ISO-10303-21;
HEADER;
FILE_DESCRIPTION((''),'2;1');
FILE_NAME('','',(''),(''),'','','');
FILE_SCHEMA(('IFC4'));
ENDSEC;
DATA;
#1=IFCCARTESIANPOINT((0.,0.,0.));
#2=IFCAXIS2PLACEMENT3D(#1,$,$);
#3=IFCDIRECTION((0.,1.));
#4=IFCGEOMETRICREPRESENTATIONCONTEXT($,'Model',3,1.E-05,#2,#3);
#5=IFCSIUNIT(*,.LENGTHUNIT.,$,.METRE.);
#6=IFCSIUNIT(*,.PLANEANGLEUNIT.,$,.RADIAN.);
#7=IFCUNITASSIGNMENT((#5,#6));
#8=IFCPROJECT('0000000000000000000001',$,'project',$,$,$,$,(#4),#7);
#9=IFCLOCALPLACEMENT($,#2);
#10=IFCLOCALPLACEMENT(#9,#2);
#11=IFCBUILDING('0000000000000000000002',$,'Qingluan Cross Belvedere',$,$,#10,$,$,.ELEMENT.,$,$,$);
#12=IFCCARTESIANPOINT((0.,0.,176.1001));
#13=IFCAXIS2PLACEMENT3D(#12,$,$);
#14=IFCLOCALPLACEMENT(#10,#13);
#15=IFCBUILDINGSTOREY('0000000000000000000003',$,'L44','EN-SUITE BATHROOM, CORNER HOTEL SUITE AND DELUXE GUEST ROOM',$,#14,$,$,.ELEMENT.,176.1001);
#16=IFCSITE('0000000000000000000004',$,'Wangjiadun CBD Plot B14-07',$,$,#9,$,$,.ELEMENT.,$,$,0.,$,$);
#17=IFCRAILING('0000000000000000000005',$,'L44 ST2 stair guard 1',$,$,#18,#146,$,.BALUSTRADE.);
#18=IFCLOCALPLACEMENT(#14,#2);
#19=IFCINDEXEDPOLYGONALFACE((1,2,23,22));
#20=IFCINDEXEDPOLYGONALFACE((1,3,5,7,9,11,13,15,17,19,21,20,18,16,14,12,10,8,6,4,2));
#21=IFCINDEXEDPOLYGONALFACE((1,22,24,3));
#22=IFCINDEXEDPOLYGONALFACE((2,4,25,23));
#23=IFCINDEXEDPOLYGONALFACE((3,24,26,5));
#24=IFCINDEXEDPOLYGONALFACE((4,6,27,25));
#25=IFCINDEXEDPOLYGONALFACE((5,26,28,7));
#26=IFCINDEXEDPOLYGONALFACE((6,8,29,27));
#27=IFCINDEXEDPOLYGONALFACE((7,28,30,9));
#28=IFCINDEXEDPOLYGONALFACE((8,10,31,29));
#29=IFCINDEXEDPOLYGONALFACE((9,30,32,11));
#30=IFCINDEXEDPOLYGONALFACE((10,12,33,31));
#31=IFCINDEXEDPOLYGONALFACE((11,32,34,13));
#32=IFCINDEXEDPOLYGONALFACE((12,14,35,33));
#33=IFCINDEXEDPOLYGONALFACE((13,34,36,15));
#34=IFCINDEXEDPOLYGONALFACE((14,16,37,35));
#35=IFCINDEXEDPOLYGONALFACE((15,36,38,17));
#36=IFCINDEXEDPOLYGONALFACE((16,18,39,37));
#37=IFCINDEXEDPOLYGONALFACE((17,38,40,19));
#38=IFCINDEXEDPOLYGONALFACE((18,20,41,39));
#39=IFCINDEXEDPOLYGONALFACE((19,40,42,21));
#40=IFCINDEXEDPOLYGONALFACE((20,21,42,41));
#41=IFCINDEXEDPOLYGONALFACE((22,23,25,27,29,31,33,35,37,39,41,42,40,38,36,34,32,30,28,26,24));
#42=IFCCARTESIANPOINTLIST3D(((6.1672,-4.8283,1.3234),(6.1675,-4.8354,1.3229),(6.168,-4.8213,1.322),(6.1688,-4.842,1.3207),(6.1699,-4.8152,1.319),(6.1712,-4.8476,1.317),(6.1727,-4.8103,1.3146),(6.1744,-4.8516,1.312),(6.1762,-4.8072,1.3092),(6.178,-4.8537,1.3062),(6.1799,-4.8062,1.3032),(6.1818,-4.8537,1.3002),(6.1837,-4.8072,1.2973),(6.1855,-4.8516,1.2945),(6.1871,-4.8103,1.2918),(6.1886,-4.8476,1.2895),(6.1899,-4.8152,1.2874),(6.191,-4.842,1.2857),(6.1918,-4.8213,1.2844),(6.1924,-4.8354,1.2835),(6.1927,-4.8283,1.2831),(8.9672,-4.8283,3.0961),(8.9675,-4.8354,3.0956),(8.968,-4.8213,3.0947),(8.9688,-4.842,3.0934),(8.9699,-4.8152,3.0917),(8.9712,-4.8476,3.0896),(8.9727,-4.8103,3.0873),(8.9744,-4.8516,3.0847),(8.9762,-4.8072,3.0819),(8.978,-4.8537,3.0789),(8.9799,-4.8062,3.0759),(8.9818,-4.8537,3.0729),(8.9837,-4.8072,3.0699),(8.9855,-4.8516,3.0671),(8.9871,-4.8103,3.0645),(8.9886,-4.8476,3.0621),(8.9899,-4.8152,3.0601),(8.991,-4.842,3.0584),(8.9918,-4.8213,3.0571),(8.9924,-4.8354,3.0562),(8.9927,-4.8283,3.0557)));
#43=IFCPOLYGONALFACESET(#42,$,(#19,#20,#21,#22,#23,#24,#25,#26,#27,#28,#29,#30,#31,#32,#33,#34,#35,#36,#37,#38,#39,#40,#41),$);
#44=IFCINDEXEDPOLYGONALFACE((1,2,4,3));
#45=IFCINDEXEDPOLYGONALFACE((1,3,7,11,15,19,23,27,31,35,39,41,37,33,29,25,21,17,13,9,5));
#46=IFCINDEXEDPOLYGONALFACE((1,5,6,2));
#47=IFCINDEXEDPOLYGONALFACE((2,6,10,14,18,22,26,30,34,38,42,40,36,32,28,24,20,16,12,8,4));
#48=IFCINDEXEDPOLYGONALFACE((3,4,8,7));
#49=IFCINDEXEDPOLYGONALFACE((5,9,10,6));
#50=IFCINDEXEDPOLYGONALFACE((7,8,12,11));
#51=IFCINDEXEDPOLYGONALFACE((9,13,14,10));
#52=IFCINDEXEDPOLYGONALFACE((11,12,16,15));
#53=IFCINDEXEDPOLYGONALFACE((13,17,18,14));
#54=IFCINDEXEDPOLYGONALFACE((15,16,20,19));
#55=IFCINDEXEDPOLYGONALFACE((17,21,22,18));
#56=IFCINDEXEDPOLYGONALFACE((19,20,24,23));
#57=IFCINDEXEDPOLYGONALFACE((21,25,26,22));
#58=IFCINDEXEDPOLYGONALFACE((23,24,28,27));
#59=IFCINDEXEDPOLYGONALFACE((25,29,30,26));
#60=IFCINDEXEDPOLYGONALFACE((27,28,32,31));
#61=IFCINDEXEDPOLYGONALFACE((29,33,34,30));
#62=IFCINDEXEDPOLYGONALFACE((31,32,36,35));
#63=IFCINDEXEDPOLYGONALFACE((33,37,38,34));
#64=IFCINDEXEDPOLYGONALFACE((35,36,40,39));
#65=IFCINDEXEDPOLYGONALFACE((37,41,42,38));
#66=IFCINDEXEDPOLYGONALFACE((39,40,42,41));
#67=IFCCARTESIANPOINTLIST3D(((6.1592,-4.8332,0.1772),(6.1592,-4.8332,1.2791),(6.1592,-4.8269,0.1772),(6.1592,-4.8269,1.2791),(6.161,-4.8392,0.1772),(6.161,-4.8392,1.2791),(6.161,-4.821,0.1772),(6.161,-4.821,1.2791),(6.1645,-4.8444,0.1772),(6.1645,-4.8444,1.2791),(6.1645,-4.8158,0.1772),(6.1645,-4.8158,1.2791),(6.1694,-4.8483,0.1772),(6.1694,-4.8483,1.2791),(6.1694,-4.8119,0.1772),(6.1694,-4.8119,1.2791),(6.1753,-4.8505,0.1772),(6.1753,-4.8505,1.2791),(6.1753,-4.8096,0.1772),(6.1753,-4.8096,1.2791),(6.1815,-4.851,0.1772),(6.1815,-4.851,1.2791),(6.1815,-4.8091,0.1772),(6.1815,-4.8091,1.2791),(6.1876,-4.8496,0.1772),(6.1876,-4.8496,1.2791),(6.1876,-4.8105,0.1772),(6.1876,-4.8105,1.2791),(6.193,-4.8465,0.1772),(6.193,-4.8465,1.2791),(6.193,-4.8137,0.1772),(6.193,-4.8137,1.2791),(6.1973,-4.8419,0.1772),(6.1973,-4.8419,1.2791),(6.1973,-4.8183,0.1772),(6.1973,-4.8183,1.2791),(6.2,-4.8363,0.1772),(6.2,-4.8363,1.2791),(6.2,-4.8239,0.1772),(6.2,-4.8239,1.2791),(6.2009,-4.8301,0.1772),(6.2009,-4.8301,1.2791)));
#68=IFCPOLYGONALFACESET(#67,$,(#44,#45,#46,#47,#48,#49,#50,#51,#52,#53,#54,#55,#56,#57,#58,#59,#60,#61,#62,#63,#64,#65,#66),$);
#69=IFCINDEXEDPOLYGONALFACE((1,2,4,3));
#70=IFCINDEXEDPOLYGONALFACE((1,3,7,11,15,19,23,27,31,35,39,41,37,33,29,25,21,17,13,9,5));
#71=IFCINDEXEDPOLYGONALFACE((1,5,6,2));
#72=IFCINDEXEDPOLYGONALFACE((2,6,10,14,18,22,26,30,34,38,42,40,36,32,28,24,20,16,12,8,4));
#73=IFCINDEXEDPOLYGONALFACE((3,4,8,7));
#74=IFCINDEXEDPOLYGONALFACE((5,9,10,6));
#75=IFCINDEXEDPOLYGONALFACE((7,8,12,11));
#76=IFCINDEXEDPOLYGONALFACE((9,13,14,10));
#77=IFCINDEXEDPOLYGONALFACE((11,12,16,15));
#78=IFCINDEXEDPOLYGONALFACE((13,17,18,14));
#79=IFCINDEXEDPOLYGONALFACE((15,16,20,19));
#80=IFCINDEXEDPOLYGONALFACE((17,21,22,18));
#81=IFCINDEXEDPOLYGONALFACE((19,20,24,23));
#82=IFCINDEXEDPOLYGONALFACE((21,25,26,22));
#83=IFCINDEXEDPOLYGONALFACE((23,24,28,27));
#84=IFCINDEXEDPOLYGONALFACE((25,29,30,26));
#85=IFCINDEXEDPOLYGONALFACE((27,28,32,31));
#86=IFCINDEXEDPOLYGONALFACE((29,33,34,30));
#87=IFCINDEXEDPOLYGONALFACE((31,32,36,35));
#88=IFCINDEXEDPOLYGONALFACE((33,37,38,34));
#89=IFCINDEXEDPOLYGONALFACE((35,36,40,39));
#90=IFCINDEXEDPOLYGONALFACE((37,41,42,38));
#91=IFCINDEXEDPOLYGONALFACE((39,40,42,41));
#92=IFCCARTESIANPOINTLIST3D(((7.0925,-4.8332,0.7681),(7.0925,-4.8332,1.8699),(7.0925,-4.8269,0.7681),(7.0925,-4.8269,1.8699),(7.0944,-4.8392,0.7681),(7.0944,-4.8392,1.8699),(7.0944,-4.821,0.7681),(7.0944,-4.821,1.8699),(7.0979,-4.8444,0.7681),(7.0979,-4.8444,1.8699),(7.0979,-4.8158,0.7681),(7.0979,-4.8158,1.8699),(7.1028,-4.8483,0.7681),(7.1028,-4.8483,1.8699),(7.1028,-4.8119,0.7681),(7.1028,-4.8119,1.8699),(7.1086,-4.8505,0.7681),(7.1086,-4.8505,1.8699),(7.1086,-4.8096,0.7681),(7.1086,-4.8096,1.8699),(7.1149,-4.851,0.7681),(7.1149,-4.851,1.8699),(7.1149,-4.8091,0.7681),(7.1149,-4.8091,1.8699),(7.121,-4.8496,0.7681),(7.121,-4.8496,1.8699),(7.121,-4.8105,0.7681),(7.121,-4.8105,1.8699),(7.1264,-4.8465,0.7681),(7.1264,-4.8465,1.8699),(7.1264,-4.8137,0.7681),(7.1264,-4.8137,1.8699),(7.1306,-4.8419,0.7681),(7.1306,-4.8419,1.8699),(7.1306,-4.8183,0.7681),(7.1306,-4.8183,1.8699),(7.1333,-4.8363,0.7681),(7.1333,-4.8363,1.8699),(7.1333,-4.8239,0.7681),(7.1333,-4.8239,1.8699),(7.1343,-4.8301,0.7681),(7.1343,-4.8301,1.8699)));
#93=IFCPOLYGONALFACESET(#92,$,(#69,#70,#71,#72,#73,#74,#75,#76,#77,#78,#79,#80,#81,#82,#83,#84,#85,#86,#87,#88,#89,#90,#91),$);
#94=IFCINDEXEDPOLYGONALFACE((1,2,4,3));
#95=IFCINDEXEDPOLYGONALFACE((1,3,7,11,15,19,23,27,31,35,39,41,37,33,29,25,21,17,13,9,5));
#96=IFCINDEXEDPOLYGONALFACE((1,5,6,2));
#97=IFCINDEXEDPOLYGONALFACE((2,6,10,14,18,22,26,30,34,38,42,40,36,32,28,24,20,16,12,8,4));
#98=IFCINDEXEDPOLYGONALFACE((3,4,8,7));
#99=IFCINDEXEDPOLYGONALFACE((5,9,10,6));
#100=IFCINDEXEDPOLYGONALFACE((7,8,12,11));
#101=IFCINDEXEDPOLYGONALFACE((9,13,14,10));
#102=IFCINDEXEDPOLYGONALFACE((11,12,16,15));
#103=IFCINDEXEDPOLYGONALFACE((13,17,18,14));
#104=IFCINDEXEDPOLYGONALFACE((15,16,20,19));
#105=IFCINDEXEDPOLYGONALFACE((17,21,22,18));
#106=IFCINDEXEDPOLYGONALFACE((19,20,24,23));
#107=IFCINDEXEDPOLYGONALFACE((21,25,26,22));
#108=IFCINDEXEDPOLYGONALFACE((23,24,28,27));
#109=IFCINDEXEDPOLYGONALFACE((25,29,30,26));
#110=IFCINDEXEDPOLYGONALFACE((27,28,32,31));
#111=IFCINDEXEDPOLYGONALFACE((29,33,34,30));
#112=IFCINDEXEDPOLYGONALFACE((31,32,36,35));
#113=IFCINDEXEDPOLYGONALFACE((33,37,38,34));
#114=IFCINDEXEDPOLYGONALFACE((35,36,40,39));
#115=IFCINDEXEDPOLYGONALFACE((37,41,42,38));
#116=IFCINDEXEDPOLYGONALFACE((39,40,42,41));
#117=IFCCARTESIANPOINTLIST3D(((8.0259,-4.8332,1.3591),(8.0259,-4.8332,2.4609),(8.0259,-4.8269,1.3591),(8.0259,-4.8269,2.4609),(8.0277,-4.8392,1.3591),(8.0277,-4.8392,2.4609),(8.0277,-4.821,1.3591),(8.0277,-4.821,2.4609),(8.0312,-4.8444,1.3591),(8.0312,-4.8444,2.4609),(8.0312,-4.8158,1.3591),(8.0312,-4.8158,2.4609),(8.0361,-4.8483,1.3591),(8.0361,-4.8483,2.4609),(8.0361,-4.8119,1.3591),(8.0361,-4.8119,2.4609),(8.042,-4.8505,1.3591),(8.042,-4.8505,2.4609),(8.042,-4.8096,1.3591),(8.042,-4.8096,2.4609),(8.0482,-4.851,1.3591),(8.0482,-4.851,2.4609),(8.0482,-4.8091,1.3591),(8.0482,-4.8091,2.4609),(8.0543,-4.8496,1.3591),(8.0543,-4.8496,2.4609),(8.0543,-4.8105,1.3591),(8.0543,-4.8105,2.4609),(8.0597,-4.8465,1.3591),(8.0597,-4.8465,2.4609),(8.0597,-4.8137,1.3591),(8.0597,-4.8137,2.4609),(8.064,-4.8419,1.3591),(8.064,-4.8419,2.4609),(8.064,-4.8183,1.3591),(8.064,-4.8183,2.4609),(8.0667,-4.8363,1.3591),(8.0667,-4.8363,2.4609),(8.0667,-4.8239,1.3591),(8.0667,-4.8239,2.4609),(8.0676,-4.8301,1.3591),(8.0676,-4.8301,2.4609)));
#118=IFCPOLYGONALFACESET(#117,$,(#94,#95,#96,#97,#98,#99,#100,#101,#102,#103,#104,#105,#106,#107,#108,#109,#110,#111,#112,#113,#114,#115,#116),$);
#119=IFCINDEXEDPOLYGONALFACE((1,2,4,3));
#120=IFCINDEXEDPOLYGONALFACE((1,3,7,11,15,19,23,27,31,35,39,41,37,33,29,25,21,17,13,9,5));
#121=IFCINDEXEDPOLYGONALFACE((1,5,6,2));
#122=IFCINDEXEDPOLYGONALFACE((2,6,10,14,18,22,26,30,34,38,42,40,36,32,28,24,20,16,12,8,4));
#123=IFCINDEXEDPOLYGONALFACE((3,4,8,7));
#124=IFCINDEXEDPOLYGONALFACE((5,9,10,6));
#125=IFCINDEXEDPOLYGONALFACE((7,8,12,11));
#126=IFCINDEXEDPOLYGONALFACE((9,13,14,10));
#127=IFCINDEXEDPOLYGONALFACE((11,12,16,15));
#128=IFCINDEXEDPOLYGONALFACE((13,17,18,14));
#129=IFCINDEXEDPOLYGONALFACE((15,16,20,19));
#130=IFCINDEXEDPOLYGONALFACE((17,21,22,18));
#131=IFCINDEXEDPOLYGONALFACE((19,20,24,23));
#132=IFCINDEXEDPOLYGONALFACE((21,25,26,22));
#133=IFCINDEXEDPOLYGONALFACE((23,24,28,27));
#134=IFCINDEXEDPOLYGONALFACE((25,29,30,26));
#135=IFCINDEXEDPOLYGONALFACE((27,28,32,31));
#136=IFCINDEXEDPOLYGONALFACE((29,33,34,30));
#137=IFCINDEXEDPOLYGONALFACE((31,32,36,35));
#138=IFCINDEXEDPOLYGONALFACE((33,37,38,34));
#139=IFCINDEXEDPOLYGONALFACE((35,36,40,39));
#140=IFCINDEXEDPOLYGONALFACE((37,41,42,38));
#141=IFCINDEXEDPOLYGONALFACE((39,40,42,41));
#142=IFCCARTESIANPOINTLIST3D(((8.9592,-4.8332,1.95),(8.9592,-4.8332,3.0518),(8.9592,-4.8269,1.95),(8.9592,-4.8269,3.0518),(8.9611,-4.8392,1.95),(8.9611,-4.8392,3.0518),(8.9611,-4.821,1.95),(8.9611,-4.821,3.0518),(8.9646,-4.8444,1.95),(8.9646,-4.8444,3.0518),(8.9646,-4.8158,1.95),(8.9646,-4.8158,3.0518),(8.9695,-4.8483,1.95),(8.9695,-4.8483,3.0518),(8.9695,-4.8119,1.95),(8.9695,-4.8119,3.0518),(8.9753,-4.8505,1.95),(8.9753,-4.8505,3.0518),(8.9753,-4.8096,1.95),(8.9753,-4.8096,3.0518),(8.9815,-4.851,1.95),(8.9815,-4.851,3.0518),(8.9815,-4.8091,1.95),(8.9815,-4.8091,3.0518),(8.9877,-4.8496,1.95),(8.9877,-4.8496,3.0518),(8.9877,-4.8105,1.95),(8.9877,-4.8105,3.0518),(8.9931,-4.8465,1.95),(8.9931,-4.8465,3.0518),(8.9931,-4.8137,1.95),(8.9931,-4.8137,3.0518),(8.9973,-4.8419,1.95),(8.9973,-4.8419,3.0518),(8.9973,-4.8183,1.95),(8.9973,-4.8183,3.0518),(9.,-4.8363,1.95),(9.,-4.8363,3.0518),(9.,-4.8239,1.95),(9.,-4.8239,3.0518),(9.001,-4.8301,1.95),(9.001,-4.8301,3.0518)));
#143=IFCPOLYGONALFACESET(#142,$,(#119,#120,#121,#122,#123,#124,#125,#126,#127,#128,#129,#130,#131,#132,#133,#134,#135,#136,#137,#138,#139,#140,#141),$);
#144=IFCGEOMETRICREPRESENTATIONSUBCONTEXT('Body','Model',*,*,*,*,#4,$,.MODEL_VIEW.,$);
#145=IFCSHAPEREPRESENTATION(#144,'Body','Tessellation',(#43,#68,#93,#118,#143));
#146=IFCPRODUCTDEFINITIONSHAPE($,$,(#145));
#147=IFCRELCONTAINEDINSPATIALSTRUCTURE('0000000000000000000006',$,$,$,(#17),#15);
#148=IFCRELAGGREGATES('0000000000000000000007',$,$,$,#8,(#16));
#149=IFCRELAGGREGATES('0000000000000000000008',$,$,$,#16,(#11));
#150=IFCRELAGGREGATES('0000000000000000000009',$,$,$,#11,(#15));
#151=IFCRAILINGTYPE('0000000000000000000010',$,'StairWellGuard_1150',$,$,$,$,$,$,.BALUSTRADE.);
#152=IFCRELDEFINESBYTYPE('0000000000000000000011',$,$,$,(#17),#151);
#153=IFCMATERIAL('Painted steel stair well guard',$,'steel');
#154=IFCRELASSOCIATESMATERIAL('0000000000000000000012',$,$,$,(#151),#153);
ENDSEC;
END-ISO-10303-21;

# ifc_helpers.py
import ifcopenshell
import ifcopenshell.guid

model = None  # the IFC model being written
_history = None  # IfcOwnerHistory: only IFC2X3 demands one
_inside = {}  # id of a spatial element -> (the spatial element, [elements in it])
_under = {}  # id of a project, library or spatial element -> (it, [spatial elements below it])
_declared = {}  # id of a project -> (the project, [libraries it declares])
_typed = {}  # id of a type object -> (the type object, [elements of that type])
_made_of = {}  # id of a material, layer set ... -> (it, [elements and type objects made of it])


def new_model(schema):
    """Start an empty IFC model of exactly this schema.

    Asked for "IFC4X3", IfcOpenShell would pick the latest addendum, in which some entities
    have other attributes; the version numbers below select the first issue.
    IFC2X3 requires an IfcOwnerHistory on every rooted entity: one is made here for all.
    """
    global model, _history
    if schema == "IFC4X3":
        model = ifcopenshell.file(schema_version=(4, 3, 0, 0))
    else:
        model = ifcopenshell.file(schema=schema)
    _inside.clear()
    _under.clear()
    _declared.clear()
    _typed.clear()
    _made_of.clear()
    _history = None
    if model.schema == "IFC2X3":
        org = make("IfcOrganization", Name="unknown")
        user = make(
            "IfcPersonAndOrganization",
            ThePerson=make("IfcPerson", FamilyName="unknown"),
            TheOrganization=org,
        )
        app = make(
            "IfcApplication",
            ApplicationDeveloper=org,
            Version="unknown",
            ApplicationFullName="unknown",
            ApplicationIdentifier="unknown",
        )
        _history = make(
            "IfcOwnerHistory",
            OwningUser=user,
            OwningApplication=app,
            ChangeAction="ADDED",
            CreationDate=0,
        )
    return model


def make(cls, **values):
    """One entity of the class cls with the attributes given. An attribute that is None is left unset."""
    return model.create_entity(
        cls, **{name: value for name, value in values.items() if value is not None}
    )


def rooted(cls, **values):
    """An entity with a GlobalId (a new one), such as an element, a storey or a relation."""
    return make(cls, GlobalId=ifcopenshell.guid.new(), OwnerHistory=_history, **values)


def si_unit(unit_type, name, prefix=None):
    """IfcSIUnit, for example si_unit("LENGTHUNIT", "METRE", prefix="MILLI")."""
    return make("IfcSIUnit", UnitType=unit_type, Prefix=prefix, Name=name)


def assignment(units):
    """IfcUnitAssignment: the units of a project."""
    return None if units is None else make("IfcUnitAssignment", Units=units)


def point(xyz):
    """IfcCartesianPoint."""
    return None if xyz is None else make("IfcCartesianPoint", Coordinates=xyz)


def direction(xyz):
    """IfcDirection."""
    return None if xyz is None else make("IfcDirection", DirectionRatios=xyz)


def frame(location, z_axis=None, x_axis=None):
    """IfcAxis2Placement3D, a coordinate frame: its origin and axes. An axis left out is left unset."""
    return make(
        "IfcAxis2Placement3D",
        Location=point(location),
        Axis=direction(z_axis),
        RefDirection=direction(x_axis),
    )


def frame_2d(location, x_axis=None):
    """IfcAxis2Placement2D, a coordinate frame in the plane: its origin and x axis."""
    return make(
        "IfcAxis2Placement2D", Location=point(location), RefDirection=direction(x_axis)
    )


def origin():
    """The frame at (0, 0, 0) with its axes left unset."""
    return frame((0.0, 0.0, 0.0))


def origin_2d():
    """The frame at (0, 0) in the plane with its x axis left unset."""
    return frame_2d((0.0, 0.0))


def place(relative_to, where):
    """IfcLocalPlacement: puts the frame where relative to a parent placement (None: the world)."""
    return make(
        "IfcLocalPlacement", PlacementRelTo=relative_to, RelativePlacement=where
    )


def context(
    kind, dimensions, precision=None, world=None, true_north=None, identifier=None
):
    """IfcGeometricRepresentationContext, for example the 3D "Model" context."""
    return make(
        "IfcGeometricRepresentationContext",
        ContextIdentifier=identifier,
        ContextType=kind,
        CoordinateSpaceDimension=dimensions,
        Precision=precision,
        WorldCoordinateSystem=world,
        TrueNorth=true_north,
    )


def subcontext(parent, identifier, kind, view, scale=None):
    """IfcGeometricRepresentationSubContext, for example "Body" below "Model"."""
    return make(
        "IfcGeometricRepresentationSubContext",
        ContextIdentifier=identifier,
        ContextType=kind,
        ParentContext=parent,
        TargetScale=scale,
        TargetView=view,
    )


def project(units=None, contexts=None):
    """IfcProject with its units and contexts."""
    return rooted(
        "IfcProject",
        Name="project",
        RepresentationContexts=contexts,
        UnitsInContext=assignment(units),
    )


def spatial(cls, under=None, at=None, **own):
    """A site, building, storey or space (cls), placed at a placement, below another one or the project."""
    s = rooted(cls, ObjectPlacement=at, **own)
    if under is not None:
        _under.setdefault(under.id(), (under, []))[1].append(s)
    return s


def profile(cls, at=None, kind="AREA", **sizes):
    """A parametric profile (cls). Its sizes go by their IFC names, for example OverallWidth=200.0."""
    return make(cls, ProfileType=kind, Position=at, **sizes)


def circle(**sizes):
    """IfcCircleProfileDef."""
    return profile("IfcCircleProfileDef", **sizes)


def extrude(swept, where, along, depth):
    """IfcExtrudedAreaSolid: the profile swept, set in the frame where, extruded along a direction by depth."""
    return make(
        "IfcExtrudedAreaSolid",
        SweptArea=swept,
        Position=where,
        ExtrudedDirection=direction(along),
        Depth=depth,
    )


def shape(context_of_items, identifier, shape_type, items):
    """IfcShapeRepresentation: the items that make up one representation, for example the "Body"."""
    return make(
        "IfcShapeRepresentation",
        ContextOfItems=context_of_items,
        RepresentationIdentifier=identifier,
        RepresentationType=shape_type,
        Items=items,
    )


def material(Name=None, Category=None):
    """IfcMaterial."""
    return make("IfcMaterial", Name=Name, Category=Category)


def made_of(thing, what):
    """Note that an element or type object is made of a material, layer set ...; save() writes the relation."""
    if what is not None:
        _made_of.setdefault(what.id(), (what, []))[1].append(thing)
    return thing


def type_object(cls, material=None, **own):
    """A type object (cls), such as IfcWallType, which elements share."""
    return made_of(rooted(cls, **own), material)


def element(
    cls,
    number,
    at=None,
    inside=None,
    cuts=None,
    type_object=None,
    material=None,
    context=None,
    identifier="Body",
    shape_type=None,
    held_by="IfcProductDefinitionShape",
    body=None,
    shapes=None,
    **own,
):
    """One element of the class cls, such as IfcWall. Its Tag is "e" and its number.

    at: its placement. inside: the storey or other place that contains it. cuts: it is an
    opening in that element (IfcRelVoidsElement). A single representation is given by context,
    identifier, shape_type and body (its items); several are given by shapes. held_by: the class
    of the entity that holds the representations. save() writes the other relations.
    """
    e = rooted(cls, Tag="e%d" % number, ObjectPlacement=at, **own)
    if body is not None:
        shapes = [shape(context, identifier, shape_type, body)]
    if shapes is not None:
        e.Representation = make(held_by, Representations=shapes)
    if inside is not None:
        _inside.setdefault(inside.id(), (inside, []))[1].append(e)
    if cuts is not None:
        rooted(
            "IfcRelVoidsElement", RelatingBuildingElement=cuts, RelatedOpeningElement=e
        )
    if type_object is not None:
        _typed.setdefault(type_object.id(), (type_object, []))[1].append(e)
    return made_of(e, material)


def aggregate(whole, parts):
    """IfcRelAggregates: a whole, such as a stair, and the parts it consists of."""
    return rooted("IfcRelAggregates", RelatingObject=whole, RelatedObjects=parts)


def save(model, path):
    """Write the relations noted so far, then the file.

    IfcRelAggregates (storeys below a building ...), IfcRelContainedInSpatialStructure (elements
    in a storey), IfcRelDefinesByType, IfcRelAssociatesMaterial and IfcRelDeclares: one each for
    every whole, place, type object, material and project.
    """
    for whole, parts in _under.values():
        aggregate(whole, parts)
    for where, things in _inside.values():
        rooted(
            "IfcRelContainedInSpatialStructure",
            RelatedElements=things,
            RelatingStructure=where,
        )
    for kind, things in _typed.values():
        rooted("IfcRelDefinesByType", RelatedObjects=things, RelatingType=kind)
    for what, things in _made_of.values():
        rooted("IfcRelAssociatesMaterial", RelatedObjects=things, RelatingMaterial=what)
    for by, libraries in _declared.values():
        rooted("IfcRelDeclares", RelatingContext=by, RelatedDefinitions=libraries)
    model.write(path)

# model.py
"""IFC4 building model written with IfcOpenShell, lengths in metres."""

from ifc_helpers import new_model, si_unit, direction, frame, origin, origin_2d, place, context, subcontext, project, spatial, circle, extrude, material, type_object, element, save


model = new_model("IFC4")

# Units and contexts
model_context = context("Model", 3, precision=1e-05, world=origin(), true_north=direction((0.0, 1.0)))
body_context = subcontext(model_context, "Body", "Model", "MODEL_VIEW")
ifc_project = project(units=[si_unit("LENGTHUNIT", "METRE"), si_unit("PLANEANGLEUNIT", "RADIAN")], contexts=[model_context])

# Site, building, storey
site_placement = place(None, origin())
site = spatial("IfcSite", under=ifc_project, at=site_placement, Name="Wangjiadun CBD Plot B14-07", CompositionType="ELEMENT", RefElevation=0.0)
building_placement = place(site_placement, origin())
building = spatial("IfcBuilding", under=site, at=building_placement, Name="Qingluan Cross Belvedere", CompositionType="ELEMENT")
storey_placement = place(building_placement, frame((0.0, 0.0, 176.1001)))
storey = spatial("IfcBuildingStorey", under=building, at=storey_placement, Name="L44", Description="EN-SUITE BATHROOM, CORNER HOTEL SUITE AND DELUXE GUEST ROOM", CompositionType="ELEMENT", Elevation=176.1001)

# Railing
ifc_material_1 = material(Name="Painted steel stair well guard", Category="steel")
railing_type_1 = type_object("IfcRailingType", Name="StairWellGuard_1150", PredefinedType="BALUSTRADE", material=ifc_material_1)
railing_1_placement = place(storey_placement, frame((6.1799, -4.8301, 0.1772)))
element("IfcRailing", 1, at=railing_1_placement, inside=storey, type_object=railing_type_1, Name="L44 ST2 stair guard 1", PredefinedType="BALUSTRADE", context=body_context, shape_type="SweptSolid", body=[
    extrude(circle(Radius=0.0239, at=origin_2d()), frame((0.0, 0.0, 1.126), z_axis=(0.844909, 0.0, 0.53491), x_axis=(0.0, 1.0, 0.0)), (0.0, 0.0, 1.0), 3.314),
    extrude(circle(Radius=0.021, at=origin_2d()), origin(), (0.0, 0.0, 1.0), 1.1018),
    extrude(circle(Radius=0.021, at=origin_2d()), frame((0.9333, 0.0, 0.5908)), (0.0, 0.0, 1.0), 1.1018),
    extrude(circle(Radius=0.021, at=origin_2d()), frame((1.8667, 0.0, 1.1819)), (0.0, 0.0, 1.0), 1.1018),
    extrude(circle(Radius=0.021, at=origin_2d()), frame((2.8, 0.0, 1.7727)), (0.0, 0.0, 1.0), 1.1018),
])

save(model, "model.ifc")
